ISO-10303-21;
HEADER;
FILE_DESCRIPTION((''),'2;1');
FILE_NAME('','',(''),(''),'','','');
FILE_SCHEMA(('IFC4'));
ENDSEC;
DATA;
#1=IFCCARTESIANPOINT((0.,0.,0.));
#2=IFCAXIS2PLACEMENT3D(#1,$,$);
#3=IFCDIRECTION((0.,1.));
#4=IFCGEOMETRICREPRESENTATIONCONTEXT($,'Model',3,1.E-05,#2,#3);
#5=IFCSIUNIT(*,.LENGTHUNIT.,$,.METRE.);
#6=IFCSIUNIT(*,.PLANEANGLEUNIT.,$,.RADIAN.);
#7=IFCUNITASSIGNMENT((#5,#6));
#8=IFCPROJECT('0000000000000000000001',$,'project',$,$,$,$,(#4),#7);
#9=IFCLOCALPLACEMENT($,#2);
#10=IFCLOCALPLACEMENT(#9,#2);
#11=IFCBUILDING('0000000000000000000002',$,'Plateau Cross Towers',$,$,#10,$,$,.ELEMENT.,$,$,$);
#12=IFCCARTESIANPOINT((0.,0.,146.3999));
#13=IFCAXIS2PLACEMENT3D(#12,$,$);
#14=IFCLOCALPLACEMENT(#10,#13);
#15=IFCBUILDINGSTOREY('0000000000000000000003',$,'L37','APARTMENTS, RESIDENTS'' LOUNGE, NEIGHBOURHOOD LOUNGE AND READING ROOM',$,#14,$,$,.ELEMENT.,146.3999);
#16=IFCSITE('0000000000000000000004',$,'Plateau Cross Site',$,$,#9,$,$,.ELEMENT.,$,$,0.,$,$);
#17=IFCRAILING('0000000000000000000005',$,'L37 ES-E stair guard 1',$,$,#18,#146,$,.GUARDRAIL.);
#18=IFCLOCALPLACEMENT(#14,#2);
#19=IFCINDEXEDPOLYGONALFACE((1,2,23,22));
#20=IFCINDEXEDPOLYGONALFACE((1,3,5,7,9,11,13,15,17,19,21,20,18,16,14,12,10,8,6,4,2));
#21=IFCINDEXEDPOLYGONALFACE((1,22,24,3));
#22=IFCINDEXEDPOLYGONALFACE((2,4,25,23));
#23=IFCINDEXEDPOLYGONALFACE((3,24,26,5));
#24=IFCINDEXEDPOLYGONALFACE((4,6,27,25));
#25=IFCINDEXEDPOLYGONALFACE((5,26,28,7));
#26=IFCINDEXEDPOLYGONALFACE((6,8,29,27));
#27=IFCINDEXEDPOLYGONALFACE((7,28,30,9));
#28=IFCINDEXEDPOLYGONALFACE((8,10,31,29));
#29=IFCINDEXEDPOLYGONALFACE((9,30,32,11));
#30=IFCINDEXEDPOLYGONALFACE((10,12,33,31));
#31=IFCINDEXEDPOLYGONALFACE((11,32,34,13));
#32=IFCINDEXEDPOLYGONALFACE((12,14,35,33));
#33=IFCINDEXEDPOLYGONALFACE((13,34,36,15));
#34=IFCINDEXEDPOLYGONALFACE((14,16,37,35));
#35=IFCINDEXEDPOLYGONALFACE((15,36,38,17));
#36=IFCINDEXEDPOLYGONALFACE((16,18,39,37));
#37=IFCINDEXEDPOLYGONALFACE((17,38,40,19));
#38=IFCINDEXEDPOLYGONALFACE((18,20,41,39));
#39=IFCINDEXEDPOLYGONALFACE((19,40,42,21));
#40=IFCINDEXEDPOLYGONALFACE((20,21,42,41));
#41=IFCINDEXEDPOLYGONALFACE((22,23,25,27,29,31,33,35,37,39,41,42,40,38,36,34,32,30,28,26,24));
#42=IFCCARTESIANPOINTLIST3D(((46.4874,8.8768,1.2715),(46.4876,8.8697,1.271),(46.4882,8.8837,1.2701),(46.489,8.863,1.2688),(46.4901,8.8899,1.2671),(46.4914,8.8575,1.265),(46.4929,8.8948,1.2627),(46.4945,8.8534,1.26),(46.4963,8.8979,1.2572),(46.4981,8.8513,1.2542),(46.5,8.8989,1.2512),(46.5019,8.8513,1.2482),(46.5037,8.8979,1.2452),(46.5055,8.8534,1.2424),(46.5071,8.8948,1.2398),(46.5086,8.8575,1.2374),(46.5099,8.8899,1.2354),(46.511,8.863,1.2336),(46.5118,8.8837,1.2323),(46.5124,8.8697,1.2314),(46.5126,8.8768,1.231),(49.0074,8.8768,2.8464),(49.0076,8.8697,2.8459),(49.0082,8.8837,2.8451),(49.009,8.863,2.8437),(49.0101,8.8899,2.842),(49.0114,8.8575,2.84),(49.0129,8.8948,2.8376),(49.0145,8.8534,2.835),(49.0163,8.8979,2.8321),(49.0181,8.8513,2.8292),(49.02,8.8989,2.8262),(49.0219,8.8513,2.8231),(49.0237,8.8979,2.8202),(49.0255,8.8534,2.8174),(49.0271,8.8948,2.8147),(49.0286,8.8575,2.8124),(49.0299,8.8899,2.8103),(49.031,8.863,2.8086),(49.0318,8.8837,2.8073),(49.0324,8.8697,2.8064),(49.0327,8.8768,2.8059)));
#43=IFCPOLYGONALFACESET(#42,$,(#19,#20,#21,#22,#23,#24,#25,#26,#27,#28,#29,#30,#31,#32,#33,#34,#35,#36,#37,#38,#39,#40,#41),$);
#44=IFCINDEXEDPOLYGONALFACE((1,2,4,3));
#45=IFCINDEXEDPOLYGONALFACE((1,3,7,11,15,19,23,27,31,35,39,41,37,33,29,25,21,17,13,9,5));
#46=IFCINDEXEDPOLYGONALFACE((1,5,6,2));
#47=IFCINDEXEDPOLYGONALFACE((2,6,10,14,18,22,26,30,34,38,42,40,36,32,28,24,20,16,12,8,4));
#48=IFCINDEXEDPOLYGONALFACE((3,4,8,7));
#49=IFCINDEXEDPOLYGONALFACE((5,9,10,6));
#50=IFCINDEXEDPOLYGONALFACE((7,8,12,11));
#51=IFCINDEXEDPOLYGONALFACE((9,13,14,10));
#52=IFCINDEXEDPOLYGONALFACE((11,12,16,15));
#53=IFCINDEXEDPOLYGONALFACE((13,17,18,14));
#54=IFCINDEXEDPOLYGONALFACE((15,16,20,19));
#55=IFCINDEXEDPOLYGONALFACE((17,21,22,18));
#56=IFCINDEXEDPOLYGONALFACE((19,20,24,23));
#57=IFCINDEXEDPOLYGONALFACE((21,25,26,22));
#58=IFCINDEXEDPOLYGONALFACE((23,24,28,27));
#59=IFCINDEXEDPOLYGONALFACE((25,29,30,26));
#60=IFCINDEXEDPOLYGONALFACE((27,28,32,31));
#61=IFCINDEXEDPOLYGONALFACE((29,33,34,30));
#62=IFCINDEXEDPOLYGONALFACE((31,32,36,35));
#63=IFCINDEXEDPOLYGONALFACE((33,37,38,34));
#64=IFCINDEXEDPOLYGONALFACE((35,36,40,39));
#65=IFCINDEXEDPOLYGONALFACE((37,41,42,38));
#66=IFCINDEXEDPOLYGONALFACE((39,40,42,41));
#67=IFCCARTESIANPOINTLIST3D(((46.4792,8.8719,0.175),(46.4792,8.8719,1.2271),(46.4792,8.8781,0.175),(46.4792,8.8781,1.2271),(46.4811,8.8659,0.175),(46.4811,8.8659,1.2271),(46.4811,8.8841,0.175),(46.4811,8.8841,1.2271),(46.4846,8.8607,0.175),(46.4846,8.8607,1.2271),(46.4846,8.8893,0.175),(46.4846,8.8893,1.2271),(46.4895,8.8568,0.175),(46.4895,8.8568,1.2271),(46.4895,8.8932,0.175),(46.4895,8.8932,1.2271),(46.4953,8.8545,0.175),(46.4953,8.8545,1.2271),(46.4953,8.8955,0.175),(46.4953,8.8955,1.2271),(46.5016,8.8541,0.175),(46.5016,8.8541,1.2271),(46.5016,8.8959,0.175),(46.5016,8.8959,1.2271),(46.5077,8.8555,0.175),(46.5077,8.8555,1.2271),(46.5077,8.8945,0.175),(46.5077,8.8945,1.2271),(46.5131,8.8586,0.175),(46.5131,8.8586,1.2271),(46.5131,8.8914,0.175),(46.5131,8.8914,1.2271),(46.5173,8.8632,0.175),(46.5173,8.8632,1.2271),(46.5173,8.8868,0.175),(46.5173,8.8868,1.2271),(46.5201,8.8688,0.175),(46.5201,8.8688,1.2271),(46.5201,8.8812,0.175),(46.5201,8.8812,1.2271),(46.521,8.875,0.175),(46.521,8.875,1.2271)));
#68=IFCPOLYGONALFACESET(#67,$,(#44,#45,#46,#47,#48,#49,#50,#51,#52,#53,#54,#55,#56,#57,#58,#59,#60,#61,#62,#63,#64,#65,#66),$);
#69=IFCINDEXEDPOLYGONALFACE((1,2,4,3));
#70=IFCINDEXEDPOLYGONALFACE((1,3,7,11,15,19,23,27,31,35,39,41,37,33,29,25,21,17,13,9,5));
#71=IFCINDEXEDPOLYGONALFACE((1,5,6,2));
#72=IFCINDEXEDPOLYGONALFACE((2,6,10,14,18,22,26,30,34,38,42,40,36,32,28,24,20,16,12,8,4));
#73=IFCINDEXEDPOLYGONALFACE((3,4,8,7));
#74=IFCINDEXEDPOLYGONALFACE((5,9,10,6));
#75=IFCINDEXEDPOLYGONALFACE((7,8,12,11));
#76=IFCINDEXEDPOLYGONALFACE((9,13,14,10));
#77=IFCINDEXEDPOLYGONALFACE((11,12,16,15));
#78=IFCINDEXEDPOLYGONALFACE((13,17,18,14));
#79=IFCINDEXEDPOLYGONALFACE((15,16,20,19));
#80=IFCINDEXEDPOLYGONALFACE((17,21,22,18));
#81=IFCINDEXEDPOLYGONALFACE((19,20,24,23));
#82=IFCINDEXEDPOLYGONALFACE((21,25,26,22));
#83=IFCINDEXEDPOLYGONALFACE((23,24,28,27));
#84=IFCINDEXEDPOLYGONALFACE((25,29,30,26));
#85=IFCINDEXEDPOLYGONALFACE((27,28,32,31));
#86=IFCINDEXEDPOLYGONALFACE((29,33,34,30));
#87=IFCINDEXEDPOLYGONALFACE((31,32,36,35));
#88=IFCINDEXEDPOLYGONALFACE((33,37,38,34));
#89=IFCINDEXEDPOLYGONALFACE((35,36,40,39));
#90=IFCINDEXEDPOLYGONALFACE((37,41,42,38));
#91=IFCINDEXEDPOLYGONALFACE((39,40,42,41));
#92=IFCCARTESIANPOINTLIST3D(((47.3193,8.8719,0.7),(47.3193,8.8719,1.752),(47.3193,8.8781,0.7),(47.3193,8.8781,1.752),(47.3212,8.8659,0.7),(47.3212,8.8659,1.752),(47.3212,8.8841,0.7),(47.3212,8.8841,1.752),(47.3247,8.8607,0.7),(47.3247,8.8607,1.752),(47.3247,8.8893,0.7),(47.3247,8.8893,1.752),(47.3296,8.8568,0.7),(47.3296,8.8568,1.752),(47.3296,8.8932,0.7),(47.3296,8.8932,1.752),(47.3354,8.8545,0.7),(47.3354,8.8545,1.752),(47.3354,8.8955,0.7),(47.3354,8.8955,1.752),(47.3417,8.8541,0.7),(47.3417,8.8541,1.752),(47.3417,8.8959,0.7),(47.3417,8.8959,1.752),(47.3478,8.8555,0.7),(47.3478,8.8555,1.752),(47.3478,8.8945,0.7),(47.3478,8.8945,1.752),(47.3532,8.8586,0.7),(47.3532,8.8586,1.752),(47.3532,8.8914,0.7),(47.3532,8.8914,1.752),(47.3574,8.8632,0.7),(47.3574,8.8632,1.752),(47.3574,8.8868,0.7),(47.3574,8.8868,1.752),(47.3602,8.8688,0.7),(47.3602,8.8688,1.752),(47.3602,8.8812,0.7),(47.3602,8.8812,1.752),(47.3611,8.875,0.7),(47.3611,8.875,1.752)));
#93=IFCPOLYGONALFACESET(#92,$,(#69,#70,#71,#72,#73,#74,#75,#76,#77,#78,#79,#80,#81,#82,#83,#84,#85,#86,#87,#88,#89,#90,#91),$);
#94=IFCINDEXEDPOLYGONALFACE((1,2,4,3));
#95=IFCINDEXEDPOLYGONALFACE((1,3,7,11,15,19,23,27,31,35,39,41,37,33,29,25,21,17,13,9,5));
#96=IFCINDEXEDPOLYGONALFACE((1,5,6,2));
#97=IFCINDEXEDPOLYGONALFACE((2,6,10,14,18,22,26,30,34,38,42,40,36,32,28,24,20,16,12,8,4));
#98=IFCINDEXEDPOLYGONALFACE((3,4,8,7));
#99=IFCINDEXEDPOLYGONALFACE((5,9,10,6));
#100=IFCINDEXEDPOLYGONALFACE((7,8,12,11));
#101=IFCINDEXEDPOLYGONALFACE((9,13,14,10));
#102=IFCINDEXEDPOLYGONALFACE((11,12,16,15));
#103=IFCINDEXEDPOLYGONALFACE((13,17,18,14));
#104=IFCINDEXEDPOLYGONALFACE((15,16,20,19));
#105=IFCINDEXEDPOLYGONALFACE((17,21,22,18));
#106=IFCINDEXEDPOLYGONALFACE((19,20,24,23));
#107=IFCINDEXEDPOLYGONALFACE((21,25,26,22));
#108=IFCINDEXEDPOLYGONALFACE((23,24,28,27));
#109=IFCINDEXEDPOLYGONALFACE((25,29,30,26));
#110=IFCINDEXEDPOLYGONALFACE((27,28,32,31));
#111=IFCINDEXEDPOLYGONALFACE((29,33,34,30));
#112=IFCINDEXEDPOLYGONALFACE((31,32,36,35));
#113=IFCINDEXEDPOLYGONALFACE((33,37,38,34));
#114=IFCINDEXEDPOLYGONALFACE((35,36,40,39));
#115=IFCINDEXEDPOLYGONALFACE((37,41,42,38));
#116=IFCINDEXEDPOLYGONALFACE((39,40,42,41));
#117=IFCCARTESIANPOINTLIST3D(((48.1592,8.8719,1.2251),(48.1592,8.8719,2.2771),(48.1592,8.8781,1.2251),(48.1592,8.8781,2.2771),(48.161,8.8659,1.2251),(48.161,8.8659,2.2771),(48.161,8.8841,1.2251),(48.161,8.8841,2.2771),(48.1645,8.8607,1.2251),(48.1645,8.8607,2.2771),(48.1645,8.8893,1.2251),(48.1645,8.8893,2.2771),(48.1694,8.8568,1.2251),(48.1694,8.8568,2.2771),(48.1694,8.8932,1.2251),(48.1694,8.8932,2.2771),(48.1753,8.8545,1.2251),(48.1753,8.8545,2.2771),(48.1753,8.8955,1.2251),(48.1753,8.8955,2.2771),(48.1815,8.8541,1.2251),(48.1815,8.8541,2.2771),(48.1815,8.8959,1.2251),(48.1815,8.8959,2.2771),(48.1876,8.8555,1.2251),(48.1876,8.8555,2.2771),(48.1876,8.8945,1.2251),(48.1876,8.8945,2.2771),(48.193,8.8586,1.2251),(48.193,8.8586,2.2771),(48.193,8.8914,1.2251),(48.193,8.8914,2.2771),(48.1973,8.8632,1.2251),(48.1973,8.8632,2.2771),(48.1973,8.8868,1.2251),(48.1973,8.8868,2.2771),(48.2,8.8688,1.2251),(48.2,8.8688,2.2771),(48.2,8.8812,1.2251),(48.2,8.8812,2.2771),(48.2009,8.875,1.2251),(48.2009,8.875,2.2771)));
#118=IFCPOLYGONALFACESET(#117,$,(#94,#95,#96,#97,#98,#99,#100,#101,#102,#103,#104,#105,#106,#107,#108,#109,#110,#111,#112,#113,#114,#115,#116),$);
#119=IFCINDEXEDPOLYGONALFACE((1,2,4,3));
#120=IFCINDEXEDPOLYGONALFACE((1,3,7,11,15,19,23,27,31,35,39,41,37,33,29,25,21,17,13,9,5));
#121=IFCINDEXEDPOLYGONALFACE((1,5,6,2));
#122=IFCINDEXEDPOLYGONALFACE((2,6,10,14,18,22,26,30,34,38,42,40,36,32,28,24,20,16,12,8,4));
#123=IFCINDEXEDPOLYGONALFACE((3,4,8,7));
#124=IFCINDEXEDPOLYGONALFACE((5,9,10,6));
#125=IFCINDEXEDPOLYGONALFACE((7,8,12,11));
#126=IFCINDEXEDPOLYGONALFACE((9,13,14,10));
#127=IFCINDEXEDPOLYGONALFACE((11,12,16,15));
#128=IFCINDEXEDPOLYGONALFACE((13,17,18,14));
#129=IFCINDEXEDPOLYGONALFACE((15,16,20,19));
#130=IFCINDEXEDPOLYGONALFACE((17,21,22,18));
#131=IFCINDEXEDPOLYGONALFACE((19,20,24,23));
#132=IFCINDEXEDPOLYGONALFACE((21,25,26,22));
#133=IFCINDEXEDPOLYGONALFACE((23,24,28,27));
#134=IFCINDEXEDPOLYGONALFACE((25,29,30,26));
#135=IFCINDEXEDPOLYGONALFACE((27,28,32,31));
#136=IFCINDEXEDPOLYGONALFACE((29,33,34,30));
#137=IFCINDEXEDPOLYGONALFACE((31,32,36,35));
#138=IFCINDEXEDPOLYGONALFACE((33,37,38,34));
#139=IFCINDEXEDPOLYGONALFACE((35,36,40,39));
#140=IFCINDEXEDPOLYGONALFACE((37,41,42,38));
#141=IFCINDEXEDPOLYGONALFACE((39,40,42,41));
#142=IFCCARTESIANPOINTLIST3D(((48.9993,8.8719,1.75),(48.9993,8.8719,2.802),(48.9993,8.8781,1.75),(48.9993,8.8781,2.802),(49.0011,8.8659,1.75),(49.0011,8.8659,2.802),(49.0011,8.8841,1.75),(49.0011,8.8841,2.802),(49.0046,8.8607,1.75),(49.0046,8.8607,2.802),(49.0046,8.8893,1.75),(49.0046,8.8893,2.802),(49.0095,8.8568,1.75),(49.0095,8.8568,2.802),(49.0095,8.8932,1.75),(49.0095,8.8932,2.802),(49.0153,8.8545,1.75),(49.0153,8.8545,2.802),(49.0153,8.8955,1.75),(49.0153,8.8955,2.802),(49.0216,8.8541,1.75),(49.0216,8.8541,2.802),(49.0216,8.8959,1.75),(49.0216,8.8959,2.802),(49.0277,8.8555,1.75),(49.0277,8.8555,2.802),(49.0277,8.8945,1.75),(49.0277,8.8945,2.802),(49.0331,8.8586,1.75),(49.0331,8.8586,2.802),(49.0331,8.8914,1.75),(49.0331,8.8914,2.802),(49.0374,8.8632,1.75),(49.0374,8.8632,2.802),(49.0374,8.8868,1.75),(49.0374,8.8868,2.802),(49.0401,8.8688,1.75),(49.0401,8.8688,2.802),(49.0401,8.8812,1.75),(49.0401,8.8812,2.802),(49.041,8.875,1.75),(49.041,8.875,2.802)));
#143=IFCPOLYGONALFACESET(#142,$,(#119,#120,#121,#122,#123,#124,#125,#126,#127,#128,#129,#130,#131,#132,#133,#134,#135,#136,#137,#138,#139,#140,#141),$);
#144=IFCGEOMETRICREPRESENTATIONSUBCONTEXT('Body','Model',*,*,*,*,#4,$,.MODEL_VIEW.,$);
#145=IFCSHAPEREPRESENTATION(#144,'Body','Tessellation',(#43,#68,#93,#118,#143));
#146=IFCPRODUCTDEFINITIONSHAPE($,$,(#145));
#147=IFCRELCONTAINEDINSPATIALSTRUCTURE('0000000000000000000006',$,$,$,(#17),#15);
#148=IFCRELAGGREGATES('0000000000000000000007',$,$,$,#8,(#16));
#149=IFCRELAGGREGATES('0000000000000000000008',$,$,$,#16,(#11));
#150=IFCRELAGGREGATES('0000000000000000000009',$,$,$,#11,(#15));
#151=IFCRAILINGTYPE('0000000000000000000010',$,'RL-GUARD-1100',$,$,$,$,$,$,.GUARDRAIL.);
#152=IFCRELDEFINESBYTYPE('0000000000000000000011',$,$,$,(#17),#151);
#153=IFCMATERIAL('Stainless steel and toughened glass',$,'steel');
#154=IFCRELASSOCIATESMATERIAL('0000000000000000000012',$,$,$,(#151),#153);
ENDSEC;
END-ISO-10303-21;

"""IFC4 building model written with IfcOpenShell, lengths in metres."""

from ifc_helpers import new_model, si_unit, direction, frame, origin, origin_2d, place, context, subcontext, project, spatial, circle, extrude, material, type_object, element, save


model = new_model("IFC4")

# Units and contexts
model_context = context("Model", 3, precision=1e-05, world=origin(), true_north=direction((0.0, 1.0)))
body_context = subcontext(model_context, "Body", "Model", "MODEL_VIEW")
ifc_project = project(units=[si_unit("LENGTHUNIT", "METRE"), si_unit("PLANEANGLEUNIT", "RADIAN")], contexts=[model_context])

# Site, building, storey
site_placement = place(None, origin())
site = spatial("IfcSite", under=ifc_project, at=site_placement, Name="Plateau Cross Site", CompositionType="ELEMENT", RefElevation=0.0)
building_placement = place(site_placement, origin())
building = spatial("IfcBuilding", under=site, at=building_placement, Name="Plateau Cross Towers", CompositionType="ELEMENT")
storey_placement = place(building_placement, frame((0.0, 0.0, 146.3999)))
storey = spatial("IfcBuildingStorey", under=building, at=storey_placement, Name="L37", Description="APARTMENTS, RESIDENTS' LOUNGE, NEIGHBOURHOOD LOUNGE AND READING ROOM", CompositionType="ELEMENT", Elevation=146.3999)

# Railing
ifc_material_1 = material(Name="Stainless steel and toughened glass", Category="steel")
railing_type_1 = type_object("IfcRailingType", Name="RL-GUARD-1100", PredefinedType="GUARDRAIL", material=ifc_material_1)
railing_1_placement = place(storey_placement, frame((46.5, 8.875, 0.175)))
element("IfcRailing", 1, at=railing_1_placement, inside=storey, type_object=railing_type_1, Name="L37 ES-E stair guard 1", PredefinedType="GUARDRAIL", context=body_context, shape_type="SweptSolid", body=[
    extrude(circle(Radius=0.0239, at=origin_2d()), frame((0.0, 0.0, 1.0762), z_axis=(0.848008, 0.0, 0.529984), x_axis=(0.0, 1.0, 0.0)), (0.0, 0.0, 1.0), 2.9717),
    extrude(circle(Radius=0.021, at=origin_2d()), origin(), (0.0, 0.0, 1.0), 1.052),
    extrude(circle(Radius=0.021, at=origin_2d()), frame((0.8401, 0.0, 0.5249)), (0.0, 0.0, 1.0), 1.052),
    extrude(circle(Radius=0.021, at=origin_2d()), frame((1.6799, 0.0, 1.05)), (0.0, 0.0, 1.0), 1.052),
    extrude(circle(Radius=0.021, at=origin_2d()), frame((2.52, 0.0, 1.575)), (0.0, 0.0, 1.0), 1.052),
])

save(model, "model.ifc")
